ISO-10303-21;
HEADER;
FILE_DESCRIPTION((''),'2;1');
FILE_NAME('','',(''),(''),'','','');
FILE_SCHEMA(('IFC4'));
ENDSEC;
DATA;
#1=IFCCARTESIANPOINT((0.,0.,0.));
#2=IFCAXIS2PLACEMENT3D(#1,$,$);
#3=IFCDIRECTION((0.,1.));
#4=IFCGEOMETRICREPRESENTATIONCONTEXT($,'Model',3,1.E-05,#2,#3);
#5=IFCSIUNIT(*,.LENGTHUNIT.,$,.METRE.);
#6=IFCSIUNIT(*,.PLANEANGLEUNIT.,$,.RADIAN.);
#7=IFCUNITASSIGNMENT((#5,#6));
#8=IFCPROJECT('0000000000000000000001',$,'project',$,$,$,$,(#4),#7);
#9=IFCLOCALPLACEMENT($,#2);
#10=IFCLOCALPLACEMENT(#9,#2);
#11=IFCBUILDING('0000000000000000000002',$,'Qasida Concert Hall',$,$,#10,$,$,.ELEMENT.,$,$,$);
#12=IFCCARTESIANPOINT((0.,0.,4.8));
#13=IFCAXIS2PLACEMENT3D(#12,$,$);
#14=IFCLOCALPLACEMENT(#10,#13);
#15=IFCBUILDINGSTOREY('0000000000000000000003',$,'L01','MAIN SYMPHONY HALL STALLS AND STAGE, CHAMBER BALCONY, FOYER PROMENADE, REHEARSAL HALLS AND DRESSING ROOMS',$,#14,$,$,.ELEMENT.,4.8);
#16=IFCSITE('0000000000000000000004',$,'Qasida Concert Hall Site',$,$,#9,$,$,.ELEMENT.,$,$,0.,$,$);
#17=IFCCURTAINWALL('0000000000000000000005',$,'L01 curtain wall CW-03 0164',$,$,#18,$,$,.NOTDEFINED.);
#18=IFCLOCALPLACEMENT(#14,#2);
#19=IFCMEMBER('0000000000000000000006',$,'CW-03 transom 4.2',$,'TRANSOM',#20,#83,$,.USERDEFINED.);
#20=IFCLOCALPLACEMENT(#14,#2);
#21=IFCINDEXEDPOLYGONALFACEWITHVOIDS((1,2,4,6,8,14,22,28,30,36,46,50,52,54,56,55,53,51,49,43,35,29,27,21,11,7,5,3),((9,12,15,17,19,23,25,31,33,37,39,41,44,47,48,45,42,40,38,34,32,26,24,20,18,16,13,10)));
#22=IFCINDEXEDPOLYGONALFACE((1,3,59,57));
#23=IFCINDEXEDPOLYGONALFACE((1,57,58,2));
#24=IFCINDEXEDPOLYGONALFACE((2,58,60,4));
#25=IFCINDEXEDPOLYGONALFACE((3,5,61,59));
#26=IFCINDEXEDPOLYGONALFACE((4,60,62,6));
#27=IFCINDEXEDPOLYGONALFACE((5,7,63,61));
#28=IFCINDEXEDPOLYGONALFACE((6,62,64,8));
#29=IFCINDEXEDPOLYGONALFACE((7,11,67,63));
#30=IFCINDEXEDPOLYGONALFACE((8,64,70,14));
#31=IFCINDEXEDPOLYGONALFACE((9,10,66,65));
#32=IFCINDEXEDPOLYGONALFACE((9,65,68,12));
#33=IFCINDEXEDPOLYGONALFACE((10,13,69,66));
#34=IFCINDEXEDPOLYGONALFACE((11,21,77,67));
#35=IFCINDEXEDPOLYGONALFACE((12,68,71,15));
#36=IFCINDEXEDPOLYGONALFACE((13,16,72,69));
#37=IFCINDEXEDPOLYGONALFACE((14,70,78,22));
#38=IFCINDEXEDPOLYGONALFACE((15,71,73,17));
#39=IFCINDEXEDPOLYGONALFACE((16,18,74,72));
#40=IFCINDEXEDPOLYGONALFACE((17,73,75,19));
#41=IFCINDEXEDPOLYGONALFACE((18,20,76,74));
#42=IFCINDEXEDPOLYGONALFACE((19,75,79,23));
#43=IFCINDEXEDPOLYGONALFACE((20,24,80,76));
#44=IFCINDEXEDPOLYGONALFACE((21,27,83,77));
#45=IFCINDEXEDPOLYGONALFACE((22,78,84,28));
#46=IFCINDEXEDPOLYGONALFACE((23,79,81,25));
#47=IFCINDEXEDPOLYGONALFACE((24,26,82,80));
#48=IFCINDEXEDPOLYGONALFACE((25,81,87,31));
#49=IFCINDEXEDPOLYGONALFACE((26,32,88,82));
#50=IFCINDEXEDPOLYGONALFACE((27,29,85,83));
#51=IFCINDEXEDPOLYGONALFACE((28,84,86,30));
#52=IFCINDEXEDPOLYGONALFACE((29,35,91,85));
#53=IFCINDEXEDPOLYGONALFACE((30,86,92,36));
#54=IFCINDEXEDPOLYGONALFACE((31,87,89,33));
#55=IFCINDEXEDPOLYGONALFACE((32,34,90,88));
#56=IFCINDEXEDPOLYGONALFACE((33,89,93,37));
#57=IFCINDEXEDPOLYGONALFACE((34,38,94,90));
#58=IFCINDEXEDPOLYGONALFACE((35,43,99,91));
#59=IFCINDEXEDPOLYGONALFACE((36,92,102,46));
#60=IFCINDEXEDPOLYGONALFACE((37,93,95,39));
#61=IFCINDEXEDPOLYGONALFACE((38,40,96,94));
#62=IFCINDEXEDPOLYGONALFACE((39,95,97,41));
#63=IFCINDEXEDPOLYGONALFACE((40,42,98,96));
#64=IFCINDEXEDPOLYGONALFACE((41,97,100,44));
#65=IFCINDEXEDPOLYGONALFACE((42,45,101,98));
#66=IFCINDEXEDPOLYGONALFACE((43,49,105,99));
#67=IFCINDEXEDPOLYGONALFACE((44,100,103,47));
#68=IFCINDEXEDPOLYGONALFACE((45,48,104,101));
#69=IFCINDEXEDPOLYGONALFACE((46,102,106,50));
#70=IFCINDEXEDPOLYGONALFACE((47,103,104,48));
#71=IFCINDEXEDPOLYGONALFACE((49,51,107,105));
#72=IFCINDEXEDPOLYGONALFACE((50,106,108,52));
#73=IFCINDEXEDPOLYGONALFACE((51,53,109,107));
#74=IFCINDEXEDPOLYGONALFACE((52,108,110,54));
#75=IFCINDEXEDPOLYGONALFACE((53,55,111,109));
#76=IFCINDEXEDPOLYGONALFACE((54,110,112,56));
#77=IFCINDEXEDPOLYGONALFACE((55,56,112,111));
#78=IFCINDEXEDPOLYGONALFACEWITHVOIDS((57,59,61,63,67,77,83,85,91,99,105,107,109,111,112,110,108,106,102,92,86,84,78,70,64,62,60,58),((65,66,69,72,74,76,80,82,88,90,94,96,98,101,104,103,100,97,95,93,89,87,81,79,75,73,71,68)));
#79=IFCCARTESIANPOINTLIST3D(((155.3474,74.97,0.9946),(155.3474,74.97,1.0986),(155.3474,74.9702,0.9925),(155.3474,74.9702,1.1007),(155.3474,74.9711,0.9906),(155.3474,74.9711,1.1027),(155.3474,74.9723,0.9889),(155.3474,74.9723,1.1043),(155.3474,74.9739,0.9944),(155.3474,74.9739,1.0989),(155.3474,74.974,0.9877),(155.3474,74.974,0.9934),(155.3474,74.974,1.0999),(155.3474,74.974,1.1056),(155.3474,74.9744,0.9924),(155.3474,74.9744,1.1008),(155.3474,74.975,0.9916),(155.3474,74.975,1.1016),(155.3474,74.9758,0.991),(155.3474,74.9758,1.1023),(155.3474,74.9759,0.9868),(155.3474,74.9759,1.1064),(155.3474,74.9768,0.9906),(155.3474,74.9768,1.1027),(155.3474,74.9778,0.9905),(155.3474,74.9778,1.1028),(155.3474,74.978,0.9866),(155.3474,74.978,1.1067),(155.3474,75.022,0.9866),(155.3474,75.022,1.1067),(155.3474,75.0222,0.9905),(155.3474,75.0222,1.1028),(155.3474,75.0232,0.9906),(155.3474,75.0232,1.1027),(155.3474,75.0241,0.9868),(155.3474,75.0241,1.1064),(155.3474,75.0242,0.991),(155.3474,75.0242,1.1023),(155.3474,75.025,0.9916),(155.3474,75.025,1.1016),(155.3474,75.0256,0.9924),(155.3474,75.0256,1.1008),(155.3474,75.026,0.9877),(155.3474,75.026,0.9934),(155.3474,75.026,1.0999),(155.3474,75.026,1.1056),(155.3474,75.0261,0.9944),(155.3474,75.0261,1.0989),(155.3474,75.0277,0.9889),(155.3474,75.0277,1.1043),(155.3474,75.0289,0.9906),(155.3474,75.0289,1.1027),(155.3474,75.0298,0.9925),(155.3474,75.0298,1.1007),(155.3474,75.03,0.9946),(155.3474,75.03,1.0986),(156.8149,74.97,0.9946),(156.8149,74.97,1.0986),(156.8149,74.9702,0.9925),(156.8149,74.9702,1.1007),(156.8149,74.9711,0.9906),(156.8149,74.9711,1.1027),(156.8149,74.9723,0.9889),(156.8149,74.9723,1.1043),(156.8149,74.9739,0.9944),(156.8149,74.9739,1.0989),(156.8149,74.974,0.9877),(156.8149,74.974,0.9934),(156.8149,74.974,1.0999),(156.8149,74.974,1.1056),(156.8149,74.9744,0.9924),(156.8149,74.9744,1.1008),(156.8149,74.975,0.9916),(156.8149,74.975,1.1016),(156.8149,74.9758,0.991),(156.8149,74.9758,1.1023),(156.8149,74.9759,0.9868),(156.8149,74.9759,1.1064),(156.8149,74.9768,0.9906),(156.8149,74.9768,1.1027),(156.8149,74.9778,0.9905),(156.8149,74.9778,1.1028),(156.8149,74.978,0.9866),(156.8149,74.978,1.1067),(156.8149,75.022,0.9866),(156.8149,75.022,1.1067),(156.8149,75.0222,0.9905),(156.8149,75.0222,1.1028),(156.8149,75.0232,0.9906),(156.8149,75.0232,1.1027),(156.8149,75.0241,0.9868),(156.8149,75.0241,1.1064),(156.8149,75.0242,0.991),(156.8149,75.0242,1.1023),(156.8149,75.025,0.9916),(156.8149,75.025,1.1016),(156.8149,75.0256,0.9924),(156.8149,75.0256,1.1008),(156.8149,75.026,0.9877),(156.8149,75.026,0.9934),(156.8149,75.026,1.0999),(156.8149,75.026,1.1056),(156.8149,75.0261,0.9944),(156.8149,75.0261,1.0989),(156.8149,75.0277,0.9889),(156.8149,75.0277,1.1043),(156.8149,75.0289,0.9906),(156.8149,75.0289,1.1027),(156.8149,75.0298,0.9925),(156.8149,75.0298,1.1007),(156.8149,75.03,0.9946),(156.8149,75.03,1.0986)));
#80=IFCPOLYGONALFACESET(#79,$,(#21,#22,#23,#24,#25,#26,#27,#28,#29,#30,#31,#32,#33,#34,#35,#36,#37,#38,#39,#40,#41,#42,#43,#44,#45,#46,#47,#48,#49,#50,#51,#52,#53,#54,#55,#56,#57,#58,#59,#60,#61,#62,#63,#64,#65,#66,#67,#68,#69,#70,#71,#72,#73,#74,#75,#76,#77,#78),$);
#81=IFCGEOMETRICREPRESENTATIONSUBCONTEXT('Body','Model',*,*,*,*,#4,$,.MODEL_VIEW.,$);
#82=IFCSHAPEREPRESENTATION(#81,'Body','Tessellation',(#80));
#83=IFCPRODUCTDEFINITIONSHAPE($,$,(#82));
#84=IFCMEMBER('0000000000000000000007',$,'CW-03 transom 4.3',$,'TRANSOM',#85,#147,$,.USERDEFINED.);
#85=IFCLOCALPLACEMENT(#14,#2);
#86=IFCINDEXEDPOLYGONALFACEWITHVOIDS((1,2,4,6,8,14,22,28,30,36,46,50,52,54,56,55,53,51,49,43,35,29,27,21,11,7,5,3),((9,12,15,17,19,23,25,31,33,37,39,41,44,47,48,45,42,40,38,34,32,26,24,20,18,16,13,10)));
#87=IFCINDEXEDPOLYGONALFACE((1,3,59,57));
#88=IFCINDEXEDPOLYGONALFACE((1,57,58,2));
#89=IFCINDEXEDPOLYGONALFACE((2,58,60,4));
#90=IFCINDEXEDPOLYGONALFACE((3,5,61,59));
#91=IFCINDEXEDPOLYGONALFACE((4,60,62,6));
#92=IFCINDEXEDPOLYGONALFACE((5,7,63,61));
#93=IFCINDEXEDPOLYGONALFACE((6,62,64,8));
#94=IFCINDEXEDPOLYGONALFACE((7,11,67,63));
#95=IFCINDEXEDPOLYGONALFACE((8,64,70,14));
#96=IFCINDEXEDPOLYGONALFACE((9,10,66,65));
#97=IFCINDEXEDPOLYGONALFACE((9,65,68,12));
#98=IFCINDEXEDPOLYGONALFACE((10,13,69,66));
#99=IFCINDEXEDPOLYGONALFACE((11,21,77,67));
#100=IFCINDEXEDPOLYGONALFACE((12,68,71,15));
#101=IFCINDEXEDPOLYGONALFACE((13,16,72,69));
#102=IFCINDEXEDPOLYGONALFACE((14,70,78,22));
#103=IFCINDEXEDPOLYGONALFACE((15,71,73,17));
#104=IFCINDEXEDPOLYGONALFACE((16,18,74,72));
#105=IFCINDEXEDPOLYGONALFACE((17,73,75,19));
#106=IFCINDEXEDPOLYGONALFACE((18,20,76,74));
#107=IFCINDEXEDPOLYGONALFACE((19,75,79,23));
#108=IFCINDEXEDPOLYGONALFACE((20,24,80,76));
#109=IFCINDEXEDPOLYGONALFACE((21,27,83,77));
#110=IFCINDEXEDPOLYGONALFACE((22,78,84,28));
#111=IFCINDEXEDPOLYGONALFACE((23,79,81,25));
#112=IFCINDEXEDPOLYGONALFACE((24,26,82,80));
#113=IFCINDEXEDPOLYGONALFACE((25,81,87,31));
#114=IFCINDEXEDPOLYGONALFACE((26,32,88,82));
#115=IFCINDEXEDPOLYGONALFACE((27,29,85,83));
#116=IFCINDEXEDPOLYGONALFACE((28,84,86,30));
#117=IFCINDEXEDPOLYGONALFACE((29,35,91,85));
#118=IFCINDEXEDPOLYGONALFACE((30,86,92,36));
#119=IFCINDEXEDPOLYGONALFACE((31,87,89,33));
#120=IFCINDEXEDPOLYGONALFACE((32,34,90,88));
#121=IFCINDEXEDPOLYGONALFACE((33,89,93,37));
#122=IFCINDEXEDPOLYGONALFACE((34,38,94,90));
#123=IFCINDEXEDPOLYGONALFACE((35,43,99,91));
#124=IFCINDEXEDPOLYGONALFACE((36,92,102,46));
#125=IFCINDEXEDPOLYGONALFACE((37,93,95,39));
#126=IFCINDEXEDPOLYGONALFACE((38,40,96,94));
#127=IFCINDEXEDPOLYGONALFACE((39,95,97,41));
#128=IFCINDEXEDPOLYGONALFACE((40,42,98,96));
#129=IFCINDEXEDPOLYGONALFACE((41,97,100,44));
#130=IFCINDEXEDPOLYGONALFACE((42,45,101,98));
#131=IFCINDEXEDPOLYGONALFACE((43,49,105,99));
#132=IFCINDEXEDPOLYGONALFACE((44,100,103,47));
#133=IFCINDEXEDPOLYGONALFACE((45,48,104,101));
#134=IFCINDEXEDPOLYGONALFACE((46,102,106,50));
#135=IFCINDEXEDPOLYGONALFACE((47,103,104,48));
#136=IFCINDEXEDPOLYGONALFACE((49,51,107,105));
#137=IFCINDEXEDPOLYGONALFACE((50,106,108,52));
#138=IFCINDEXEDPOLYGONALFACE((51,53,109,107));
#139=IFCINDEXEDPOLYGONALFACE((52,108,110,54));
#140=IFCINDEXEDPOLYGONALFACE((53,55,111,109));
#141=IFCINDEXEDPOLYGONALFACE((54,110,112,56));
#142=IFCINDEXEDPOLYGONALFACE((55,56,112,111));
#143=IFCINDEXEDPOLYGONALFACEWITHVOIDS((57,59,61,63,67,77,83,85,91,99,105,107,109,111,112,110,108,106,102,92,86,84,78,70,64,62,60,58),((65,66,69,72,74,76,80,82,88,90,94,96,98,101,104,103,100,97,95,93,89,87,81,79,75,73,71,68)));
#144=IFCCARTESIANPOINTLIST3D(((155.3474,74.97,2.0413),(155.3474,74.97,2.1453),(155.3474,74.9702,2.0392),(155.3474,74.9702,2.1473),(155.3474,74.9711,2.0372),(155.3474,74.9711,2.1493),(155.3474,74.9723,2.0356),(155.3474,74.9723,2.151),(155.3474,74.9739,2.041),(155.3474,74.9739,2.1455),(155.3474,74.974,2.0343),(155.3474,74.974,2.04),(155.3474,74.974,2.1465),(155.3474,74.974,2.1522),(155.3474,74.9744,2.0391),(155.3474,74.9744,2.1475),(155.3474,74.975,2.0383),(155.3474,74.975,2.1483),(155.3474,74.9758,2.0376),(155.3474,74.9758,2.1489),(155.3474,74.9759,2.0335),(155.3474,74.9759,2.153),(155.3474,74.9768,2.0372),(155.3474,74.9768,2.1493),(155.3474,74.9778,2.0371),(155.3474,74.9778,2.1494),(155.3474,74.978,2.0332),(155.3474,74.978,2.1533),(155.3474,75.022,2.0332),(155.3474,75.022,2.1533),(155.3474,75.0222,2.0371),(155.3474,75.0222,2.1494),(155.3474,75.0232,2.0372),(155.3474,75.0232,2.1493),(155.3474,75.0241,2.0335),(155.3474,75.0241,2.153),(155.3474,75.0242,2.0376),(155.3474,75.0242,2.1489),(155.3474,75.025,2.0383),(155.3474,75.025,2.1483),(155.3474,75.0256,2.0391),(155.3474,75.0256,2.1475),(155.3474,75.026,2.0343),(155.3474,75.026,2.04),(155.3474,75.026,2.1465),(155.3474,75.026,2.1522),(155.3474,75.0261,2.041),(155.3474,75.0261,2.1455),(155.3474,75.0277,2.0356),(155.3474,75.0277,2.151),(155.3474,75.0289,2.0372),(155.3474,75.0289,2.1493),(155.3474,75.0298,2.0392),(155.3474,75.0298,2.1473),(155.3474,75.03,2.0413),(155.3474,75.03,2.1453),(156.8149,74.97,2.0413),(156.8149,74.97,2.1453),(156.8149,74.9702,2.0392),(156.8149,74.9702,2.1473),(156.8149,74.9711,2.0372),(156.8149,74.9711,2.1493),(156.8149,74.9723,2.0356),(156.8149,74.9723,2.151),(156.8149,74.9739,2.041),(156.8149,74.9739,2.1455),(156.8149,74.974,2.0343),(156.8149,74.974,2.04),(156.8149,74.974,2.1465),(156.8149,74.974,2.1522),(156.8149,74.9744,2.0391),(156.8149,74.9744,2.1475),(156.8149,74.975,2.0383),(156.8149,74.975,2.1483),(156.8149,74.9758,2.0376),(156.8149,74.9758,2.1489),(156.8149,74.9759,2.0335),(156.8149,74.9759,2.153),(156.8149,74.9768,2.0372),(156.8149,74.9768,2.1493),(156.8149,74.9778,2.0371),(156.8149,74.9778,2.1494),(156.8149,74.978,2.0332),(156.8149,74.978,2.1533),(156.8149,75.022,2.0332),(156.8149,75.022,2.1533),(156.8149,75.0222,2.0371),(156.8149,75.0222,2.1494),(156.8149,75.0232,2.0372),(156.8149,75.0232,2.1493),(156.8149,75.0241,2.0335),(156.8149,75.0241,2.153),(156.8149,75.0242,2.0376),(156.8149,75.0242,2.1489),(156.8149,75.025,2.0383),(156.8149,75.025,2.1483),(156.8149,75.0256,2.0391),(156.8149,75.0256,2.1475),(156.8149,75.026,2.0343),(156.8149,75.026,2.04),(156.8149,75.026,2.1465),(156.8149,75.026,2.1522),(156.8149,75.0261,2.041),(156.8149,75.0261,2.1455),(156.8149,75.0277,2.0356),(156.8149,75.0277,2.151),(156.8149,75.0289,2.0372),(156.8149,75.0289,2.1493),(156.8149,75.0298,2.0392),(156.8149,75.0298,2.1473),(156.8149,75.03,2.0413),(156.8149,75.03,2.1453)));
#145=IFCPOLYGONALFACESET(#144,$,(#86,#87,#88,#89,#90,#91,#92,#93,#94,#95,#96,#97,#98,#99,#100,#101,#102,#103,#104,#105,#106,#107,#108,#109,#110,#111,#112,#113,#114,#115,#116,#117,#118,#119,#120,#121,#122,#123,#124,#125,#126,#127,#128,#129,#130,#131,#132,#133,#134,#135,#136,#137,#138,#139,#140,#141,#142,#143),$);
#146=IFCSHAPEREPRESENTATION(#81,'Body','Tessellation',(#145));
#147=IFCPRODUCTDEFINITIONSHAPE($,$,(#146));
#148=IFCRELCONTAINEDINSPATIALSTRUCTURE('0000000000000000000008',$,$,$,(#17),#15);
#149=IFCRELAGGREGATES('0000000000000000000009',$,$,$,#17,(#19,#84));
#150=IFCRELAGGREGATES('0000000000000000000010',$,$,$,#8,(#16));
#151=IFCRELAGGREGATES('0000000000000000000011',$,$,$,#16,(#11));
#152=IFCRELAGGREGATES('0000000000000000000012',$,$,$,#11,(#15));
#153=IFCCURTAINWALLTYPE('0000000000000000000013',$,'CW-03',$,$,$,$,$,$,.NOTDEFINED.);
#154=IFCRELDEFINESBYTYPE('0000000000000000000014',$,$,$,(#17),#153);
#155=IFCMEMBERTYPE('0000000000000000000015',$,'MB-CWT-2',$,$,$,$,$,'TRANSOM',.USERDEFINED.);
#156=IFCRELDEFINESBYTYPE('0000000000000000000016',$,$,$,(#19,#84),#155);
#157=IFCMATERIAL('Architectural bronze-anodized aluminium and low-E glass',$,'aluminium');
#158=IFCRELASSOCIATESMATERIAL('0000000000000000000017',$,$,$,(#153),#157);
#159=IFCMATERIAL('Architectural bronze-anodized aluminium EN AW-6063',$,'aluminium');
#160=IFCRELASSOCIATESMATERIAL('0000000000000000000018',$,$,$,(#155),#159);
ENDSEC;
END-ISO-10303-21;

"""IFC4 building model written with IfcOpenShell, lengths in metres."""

from ifc_helpers import new_model, si_unit, direction, frame, origin, origin_2d, place, context, subcontext, project, spatial, hollow_rectangle, extrude, material, material_profile, profile_set, type_object, element, aggregate, save


model = new_model("IFC4")

# Units and contexts
model_context = context("Model", 3, precision=1e-05, world=origin(), true_north=direction((0.0, 1.0)))
body_context = subcontext(model_context, "Body", "Model", "MODEL_VIEW")
ifc_project = project(units=[si_unit("LENGTHUNIT", "METRE"), si_unit("PLANEANGLEUNIT", "RADIAN")], contexts=[model_context])

# Site, building, storey
site_placement = place(None, origin())
site = spatial("IfcSite", under=ifc_project, at=site_placement, Name="Qasida Concert Hall Site", CompositionType="ELEMENT", RefElevation=0.0)
building_placement = place(site_placement, origin())
building = spatial("IfcBuilding", under=site, at=building_placement, Name="Qasida Concert Hall", CompositionType="ELEMENT")
storey_placement = place(building_placement, frame((0.0, 0.0, 4.8)))
storey = spatial("IfcBuildingStorey", under=building, at=storey_placement, Name="L01", Description="MAIN SYMPHONY HALL STALLS AND STAGE, CHAMBER BALCONY, FOYER PROMENADE, REHEARSAL HALLS AND DRESSING ROOMS", CompositionType="ELEMENT", Elevation=4.8)

# Curtain wall, members
ifc_material_1 = material(Name="Architectural bronze-anodized aluminium and low-E glass", Category="aluminium")
curtain_wall_type = type_object("IfcCurtainWallType", Name="CW-03", PredefinedType="NOTDEFINED", material=ifc_material_1)
curtain_wall_placement = place(storey_placement, origin())
curtain_wall = element("IfcCurtainWall", 1, at=curtain_wall_placement, inside=storey, type_object=curtain_wall_type, Name="L01 curtain wall CW-03 0164", PredefinedType="NOTDEFINED")
ifc_material_2 = material(Name="Architectural bronze-anodized aluminium EN AW-6063", Category="aluminium")
ifc_material_profile_1 = material_profile(ifc_material_2, hollow_rectangle(XDim=0.0601, YDim=0.1201, WallThickness=0.0039, InnerFilletRadius=0.0039, OuterFilletRadius=0.0081, at=origin_2d()), Name="CWT 120x60x4")
ifc_profile_set_1 = profile_set([ifc_material_profile_1], Name="Architectural bronze-anodized aluminium EN AW-6063")
member_type_1 = type_object("IfcMemberType", Name="MB-CWT-2", ElementType="TRANSOM", PredefinedType="USERDEFINED", material=ifc_profile_set_1)
member_1_placement = place(storey_placement, frame((155.3474, 75.0, 1.0466), z_axis=(1.0, 0.0, 0.0), x_axis=(0.0, 1.0, 0.0)))
member_1 = element("IfcMember", 2, at=member_1_placement, type_object=member_type_1, Name="CW-03 transom 4.2", ObjectType="TRANSOM", PredefinedType="USERDEFINED", context=body_context, shape_type="SweptSolid", body=[
    extrude(hollow_rectangle(XDim=0.0601, YDim=0.1201, WallThickness=0.0039, InnerFilletRadius=0.0039, OuterFilletRadius=0.0081, at=origin_2d()), origin(), (0.0, 0.0, 1.0), 1.4675),
])
member_2_placement = place(storey_placement, frame((155.3474, 75.0, 2.0933), z_axis=(1.0, 0.0, 0.0), x_axis=(0.0, 1.0, 0.0)))
member_2 = element("IfcMember", 3, at=member_2_placement, type_object=member_type_1, Name="CW-03 transom 4.3", ObjectType="TRANSOM", PredefinedType="USERDEFINED", context=body_context, shape_type="SweptSolid", body=[
    extrude(hollow_rectangle(XDim=0.0601, YDim=0.1201, WallThickness=0.0039, InnerFilletRadius=0.0039, OuterFilletRadius=0.0081, at=origin_2d()), origin(), (0.0, 0.0, 1.0), 1.4675),
])
aggregate(curtain_wall, [member_1, member_2])

save(model, "model.ifc")
